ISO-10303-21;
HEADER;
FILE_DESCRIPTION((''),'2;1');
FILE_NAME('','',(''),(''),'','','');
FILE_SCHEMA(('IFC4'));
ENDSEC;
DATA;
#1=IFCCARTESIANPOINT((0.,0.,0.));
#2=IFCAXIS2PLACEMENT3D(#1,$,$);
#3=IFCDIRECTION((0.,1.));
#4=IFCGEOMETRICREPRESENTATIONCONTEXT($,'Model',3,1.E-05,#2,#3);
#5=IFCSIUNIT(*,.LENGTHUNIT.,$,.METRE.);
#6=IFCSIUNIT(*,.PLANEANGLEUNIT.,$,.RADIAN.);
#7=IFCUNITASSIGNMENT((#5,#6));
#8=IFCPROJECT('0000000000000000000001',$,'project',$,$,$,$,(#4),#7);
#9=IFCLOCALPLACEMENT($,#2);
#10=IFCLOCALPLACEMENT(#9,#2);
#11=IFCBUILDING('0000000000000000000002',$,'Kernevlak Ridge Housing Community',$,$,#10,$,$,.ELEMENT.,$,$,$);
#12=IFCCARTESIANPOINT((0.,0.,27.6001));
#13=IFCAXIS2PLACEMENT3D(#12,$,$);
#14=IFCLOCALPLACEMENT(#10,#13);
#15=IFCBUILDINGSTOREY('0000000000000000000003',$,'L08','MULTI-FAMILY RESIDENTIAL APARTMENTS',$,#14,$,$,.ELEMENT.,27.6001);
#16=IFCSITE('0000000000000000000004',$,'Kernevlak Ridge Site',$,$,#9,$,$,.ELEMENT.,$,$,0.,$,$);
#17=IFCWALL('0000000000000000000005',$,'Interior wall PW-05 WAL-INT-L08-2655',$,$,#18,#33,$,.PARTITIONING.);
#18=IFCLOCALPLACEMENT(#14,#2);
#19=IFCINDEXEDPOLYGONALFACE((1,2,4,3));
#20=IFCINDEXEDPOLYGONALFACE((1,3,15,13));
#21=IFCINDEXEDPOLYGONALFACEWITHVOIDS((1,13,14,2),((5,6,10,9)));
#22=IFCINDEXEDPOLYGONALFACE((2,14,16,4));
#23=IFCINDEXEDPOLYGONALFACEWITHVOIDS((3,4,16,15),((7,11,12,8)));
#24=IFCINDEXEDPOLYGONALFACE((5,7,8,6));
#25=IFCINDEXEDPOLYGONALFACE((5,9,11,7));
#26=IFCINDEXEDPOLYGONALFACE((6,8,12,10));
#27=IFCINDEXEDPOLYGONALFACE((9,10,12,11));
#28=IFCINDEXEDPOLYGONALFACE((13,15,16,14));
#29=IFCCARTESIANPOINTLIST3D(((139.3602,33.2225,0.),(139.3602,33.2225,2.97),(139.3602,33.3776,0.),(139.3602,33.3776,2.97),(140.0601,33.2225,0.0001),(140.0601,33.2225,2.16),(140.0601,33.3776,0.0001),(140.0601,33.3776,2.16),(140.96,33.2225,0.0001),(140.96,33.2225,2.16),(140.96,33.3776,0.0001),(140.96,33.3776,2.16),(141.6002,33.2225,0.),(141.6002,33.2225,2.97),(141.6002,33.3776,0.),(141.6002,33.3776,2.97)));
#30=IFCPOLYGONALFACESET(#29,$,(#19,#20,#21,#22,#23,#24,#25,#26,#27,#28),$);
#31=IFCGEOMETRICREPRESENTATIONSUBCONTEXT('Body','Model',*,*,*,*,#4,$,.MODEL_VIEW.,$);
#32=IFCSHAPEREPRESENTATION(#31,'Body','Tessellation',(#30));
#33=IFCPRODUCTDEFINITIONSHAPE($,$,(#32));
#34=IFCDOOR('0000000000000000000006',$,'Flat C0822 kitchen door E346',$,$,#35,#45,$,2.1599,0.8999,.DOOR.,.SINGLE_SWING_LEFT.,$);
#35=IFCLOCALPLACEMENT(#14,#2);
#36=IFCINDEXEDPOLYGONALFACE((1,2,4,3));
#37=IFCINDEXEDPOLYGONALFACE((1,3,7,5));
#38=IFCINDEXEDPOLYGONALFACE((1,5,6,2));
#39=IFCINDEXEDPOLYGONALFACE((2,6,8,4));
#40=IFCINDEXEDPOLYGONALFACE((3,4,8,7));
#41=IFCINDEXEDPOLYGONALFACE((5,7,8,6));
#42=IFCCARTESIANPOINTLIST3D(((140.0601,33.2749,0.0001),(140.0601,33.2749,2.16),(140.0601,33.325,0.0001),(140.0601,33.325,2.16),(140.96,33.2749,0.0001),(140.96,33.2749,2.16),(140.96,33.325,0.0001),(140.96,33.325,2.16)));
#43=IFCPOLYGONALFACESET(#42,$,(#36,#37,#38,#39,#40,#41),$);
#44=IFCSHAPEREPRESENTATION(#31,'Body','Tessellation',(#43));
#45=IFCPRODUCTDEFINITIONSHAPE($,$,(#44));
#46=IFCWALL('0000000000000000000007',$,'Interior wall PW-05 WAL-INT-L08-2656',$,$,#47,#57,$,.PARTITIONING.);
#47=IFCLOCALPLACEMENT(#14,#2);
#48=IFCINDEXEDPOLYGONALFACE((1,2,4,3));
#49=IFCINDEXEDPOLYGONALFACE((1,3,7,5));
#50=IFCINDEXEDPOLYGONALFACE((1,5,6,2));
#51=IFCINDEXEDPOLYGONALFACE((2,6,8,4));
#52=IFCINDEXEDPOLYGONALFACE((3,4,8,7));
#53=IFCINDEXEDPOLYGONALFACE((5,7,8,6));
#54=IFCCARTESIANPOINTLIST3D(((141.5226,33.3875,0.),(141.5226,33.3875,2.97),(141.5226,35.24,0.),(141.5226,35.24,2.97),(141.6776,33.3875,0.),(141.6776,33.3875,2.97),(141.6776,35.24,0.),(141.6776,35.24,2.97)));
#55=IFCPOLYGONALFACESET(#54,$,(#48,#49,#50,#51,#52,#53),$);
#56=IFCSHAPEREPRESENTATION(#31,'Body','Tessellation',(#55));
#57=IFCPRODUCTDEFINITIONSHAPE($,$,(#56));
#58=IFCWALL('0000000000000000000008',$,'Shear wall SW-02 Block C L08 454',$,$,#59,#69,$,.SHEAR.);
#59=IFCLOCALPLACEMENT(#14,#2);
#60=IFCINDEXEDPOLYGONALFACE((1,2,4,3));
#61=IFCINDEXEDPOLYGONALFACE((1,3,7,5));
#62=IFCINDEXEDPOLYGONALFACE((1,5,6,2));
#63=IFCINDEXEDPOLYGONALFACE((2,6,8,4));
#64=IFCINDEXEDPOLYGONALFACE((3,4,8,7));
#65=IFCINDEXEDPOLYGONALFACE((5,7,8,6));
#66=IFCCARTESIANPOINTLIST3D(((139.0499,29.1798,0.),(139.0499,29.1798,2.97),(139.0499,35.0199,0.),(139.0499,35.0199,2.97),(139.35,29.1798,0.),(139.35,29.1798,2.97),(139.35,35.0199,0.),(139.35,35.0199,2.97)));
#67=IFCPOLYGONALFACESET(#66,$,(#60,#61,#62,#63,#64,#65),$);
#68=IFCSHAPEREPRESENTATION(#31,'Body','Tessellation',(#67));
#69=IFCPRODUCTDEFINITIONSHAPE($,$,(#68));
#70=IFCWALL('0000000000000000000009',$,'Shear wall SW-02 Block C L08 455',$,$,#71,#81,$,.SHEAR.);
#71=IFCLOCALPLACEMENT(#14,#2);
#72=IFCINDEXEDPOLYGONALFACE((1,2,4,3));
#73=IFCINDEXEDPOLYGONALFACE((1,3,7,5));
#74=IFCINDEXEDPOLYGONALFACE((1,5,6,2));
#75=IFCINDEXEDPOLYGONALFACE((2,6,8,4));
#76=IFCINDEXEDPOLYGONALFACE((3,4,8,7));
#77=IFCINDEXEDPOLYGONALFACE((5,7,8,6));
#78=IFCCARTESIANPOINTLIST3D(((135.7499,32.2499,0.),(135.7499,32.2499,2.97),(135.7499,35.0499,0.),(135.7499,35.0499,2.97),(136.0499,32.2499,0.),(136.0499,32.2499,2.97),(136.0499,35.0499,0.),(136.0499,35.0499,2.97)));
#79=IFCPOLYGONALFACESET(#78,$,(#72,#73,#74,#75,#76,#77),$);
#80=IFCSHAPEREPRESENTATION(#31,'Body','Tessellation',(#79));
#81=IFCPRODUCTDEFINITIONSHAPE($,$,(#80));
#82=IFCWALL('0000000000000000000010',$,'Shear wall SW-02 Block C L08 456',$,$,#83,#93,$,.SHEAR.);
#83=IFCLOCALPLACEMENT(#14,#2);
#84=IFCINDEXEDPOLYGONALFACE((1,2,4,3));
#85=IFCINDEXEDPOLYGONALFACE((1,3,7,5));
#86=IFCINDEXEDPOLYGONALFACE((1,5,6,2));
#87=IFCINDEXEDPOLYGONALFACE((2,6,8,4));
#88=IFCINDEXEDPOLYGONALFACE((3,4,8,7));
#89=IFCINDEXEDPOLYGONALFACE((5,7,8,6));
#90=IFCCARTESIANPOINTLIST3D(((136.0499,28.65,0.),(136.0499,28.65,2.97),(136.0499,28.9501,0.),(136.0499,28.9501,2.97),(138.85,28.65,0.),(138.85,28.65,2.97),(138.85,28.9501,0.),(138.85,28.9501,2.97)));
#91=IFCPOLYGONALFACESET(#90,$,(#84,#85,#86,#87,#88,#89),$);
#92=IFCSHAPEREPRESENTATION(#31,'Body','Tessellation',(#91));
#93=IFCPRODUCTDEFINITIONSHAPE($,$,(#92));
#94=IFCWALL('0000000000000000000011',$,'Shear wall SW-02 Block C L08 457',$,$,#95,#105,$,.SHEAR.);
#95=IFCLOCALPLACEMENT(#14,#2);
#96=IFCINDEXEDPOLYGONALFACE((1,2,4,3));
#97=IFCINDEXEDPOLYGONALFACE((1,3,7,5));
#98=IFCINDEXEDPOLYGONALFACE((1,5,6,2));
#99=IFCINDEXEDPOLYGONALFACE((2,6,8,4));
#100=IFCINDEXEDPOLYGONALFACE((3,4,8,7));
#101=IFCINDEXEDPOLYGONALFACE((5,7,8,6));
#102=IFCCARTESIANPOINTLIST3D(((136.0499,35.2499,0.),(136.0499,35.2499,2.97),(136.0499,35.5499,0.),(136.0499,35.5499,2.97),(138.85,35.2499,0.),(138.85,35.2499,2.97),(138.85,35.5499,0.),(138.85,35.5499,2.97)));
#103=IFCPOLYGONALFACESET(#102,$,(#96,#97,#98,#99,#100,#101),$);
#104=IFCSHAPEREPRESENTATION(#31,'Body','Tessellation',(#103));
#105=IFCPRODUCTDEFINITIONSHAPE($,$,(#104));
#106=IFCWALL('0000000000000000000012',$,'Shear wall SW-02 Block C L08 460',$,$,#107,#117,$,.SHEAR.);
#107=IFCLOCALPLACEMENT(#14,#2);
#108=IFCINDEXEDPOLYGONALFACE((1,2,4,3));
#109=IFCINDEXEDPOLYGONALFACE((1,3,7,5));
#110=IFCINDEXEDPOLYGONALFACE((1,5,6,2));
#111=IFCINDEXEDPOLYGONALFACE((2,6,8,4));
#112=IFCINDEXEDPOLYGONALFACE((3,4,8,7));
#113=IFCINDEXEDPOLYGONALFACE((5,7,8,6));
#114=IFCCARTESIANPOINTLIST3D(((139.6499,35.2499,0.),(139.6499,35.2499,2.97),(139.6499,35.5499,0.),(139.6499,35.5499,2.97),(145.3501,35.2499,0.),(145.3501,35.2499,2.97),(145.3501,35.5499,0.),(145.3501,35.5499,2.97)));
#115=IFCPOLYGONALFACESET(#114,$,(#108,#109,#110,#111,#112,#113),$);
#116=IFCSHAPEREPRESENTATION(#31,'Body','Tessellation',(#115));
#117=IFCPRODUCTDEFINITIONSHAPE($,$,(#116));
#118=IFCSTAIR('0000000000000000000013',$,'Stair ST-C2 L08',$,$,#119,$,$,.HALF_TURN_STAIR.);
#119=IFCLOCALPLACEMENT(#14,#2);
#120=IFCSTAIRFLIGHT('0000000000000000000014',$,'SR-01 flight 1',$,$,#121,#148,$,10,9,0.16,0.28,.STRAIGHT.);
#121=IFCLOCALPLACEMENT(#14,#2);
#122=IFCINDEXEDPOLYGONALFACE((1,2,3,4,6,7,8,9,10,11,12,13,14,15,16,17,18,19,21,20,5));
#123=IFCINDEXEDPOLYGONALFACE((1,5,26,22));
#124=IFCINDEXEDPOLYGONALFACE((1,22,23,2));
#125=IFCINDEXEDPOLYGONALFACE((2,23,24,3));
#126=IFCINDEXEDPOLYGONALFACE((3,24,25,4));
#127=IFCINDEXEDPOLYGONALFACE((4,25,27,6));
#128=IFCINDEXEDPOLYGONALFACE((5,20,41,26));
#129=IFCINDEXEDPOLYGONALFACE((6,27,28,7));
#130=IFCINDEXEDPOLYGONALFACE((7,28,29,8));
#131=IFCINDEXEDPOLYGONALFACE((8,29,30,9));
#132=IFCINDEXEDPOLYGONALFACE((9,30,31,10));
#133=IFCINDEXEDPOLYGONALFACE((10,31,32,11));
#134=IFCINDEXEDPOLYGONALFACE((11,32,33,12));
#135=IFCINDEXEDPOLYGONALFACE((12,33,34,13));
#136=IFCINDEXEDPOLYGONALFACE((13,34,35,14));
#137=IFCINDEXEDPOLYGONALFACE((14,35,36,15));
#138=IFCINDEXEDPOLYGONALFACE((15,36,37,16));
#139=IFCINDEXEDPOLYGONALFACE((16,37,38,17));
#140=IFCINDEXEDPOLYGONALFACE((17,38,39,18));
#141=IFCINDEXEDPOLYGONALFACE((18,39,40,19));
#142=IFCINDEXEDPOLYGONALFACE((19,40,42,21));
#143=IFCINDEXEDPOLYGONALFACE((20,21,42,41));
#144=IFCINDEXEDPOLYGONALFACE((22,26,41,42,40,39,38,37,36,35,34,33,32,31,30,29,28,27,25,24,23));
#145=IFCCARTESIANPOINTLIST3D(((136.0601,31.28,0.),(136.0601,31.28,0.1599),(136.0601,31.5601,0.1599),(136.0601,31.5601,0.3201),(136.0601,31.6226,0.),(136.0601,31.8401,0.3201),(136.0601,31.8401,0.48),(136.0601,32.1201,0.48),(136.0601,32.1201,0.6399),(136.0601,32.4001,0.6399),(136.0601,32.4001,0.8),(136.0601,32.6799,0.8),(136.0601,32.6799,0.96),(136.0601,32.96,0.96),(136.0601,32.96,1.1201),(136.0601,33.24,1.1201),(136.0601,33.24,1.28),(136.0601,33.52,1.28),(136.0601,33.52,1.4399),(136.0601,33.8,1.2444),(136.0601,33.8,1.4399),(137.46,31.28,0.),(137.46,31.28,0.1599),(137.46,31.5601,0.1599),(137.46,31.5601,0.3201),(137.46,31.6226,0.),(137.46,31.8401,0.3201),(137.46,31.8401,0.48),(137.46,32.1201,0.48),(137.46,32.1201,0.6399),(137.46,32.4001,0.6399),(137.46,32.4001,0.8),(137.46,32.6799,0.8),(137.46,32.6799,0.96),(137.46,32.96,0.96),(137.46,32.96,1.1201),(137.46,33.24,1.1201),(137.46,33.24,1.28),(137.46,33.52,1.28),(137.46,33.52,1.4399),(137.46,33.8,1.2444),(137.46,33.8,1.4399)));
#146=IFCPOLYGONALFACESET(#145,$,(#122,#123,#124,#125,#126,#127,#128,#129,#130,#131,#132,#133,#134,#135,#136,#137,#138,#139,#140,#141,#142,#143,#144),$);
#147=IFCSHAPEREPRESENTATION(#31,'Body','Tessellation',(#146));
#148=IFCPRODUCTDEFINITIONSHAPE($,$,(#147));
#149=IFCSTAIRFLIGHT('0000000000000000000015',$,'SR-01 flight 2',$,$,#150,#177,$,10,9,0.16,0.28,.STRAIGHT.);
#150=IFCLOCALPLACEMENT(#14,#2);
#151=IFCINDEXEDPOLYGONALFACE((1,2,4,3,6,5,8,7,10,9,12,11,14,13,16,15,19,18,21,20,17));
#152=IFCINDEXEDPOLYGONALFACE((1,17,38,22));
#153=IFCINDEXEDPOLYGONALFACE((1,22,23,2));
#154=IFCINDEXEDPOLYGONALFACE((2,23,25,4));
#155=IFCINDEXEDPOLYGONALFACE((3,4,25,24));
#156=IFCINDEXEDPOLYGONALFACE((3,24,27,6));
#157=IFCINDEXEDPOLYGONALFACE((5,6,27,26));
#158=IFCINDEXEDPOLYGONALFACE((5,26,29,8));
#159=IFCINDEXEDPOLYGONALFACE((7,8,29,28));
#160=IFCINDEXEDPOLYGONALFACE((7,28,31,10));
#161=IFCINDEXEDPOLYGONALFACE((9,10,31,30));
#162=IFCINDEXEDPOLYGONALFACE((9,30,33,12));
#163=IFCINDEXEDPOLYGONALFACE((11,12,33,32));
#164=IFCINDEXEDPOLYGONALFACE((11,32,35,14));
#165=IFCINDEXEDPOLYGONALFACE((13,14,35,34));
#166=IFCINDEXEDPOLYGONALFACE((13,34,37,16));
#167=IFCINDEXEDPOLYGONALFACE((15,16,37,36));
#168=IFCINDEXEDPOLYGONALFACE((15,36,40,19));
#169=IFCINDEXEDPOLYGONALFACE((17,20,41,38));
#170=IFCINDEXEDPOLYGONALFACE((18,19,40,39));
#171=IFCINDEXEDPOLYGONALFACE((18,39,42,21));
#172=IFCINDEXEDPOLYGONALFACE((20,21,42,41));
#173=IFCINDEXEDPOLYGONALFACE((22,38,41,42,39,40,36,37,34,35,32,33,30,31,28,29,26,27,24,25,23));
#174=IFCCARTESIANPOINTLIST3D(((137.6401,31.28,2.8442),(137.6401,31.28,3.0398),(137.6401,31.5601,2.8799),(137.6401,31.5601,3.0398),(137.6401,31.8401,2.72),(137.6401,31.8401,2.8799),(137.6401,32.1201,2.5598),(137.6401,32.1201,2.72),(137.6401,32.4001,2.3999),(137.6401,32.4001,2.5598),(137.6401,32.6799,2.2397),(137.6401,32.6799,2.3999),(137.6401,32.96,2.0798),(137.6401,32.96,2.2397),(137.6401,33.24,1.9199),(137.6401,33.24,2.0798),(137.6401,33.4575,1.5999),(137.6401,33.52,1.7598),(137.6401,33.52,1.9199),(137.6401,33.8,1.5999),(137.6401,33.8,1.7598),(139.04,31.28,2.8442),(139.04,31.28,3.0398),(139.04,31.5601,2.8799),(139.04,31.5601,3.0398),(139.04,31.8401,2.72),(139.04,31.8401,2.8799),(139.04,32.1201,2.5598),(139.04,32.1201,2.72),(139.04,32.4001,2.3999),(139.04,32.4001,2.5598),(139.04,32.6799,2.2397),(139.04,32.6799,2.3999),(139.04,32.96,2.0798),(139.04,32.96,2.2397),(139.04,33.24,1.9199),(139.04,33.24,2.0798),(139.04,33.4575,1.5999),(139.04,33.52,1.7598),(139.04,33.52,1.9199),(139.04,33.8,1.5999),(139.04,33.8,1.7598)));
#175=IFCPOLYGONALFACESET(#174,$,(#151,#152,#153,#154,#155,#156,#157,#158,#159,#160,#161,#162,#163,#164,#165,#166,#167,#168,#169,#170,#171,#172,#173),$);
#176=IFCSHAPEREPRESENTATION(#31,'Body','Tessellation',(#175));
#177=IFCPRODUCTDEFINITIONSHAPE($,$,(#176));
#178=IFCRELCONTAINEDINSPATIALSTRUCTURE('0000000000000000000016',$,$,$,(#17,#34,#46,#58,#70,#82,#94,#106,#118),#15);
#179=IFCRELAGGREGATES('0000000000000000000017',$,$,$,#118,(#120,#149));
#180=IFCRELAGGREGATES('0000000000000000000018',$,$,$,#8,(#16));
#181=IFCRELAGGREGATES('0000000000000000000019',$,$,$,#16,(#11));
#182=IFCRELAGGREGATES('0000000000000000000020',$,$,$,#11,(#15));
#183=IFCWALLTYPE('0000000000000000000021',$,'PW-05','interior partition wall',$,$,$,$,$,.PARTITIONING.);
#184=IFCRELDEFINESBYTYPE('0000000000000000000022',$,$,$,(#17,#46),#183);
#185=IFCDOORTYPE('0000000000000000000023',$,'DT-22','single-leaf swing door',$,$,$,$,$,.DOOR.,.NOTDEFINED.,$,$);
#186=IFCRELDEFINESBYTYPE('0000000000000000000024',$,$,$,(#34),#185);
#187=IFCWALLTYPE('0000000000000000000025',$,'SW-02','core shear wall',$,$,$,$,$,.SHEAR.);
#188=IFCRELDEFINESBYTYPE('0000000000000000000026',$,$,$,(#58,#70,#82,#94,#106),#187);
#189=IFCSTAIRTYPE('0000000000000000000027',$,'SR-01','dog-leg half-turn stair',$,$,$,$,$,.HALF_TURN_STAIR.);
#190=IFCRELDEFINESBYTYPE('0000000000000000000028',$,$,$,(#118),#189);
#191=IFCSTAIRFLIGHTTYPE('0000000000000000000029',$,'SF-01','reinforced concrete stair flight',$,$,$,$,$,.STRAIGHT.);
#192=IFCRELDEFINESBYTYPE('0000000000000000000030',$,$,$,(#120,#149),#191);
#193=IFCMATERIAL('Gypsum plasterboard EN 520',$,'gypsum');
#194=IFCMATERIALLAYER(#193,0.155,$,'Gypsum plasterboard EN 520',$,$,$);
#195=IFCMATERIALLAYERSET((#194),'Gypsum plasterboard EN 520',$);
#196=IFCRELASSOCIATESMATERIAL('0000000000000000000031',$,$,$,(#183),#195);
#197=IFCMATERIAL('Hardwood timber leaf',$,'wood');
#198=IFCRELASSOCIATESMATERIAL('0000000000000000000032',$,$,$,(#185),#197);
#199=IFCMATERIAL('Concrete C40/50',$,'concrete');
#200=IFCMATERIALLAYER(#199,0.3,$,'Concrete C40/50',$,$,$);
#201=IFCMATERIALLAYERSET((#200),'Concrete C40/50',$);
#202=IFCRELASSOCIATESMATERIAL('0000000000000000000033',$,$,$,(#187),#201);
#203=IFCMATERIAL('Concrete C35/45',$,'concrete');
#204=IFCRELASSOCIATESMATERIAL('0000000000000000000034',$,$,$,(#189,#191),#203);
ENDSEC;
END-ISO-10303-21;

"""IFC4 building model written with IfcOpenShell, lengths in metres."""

from ifc_helpers import new_model, si_unit, direction, frame, frame_2d, origin, place, context, subcontext, project, spatial, polyline, rectangle, outline, extrude, material, layer, layer_set, type_object, element, fill, aggregate, save


model = new_model("IFC4")

# Units and contexts
model_context = context("Model", 3, precision=1e-05, world=origin(), true_north=direction((0.0, 1.0)))
body_context = subcontext(model_context, "Body", "Model", "MODEL_VIEW")
ifc_project = project(units=[si_unit("LENGTHUNIT", "METRE"), si_unit("PLANEANGLEUNIT", "RADIAN")], contexts=[model_context])

# Site, building, storey
site_placement = place(None, origin())
site = spatial("IfcSite", under=ifc_project, at=site_placement, Name="Kernevlak Ridge Site", CompositionType="ELEMENT", RefElevation=0.0)
building_placement = place(site_placement, origin())
building = spatial("IfcBuilding", under=site, at=building_placement, Name="Kernevlak Ridge Housing Community", CompositionType="ELEMENT")
storey_placement = place(building_placement, frame((0.0, 0.0, 27.6001)))
storey = spatial("IfcBuildingStorey", under=building, at=storey_placement, Name="L08", Description="MULTI-FAMILY RESIDENTIAL APARTMENTS", CompositionType="ELEMENT", Elevation=27.6001)

# Shared definitions
ifc_material_1 = material(Name="Concrete C35/45", Category="concrete")

# Shared definitions
ifc_material_2 = material(Name="Gypsum plasterboard EN 520", Category="gypsum")

# Wall, opening, door
ifc_layer_1 = layer(ifc_material_2, 0.155, Name="Gypsum plasterboard EN 520")
ifc_layer_set_1 = layer_set([ifc_layer_1], Name="Gypsum plasterboard EN 520")
wall_type_1 = type_object("IfcWallType", Name="PW-05", Description="interior partition wall", PredefinedType="PARTITIONING", material=ifc_layer_set_1)
wall_1_placement = place(storey_placement, frame((139.3601, 33.3, 0.0), z_axis=(0.0, 0.0, 1.0), x_axis=(1.0, 0.0, 0.0)))
wall_1 = element("IfcWall", 1, at=wall_1_placement, inside=storey, type_object=wall_type_1, Name="Interior wall PW-05 WAL-INT-L08-2655", PredefinedType="PARTITIONING", context=body_context, shape_type="SweptSolid", body=[
    extrude(rectangle(XDim=2.24, YDim=0.155, at=frame_2d((1.1201, 0.0))), origin(), (0.0, 0.0, 1.0), 2.97),
])
opening_1_placement = place(wall_1_placement, frame((0.7, 0.0, 0.0)))
opening_1 = element("IfcOpeningElement", 2, at=opening_1_placement, cuts=wall_1, PredefinedType="OPENING", context=body_context, shape_type="SweptSolid", body=[
    extrude(rectangle(XDim=0.8999, YDim=2.1599, at=frame_2d((0.45, 1.0801))), frame((0.0, 0.0874, 0.0), z_axis=(0.0, -1.0, 0.0), x_axis=(1.0, 0.0, 0.0)), (0.0, 0.0, 1.0), 0.175),
])
ifc_material_3 = material(Name="Hardwood timber leaf", Category="wood")
door_type_1 = type_object("IfcDoorType", Name="DT-22", Description="single-leaf swing door", OperationType="NOTDEFINED", PredefinedType="DOOR", material=ifc_material_3)
door_1_placement = place(opening_1_placement, origin())
door_1 = element("IfcDoor", 3, at=door_1_placement, inside=storey, type_object=door_type_1, Name="Flat C0822 kitchen door E346", OperationType="SINGLE_SWING_LEFT", OverallHeight=2.1599, OverallWidth=0.8999, PredefinedType="DOOR", context=body_context, shape_type="SweptSolid", body=[
    extrude(rectangle(XDim=0.8999, YDim=2.1599, at=frame_2d((0.45, 1.0801))), frame((0.0, 0.0249, 0.0), z_axis=(0.0, -1.0, 0.0), x_axis=(1.0, 0.0, 0.0)), (0.0, 0.0, 1.0), 0.05),
])
fill(opening_1, door_1)

# Walls
wall_2_placement = place(storey_placement, frame((141.6001, 33.3875, 0.0), z_axis=(0.0, 0.0, 1.0), x_axis=(0.0, 1.0, 0.0)))
element("IfcWall", 4, at=wall_2_placement, inside=storey, type_object=wall_type_1, Name="Interior wall PW-05 WAL-INT-L08-2656", PredefinedType="PARTITIONING", context=body_context, shape_type="SweptSolid", body=[
    extrude(rectangle(XDim=1.8525, YDim=0.155, at=frame_2d((0.9263, 0.0))), origin(), (0.0, 0.0, 1.0), 2.97),
])
ifc_material_4 = material(Name="Concrete C40/50", Category="concrete")
ifc_layer_2 = layer(ifc_material_4, 0.3, Name="Concrete C40/50")
ifc_layer_set_2 = layer_set([ifc_layer_2], Name="Concrete C40/50")
wall_type_2 = type_object("IfcWallType", Name="SW-02", Description="core shear wall", PredefinedType="SHEAR", material=ifc_layer_set_2)
wall_3_placement = place(storey_placement, frame((139.2, 29.1799, 0.0), z_axis=(0.0, 0.0, 1.0), x_axis=(0.0, 1.0, 0.0)))
element("IfcWall", 5, at=wall_3_placement, inside=storey, type_object=wall_type_2, Name="Shear wall SW-02 Block C L08 454", PredefinedType="SHEAR", context=body_context, shape_type="SweptSolid", body=[
    extrude(rectangle(XDim=5.8401, YDim=0.3, at=frame_2d((2.9199, 0.0))), origin(), (0.0, 0.0, 1.0), 2.97),
])
for number, where, z_axis, x_axis, name in (
    (6, (135.8999, 32.25, 0.0), (0.0, 0.0, 1.0), (0.0, 1.0, 0.0), "Shear wall SW-02 Block C L08 455"),
    (7, (136.05, 28.8, 0.0), (0.0, 0.0, 1.0), (1.0, 0.0, 0.0), "Shear wall SW-02 Block C L08 456"),
    (8, (136.05, 35.3999, 0.0), (0.0, 0.0, 1.0), (1.0, 0.0, 0.0), "Shear wall SW-02 Block C L08 457"),
):
    element("IfcWall", number, at=place(storey_placement, frame(where, z_axis=z_axis, x_axis=x_axis)), inside=storey, type_object=wall_type_2, Name=name, PredefinedType="SHEAR", context=body_context, shape_type="SweptSolid", body=[
        extrude(rectangle(XDim=2.8, YDim=0.3, at=frame_2d((1.3999, 0.0))), origin(), (0.0, 0.0, 1.0), 2.97),
    ])
wall_4_placement = place(storey_placement, frame((139.6499, 35.3999, 0.0), z_axis=(0.0, 0.0, 1.0), x_axis=(1.0, 0.0, 0.0)))
element("IfcWall", 9, at=wall_4_placement, inside=storey, type_object=wall_type_2, Name="Shear wall SW-02 Block C L08 460", PredefinedType="SHEAR", context=body_context, shape_type="SweptSolid", body=[
    extrude(rectangle(XDim=5.7002, YDim=0.3, at=frame_2d((2.8501, 0.0))), origin(), (0.0, 0.0, 1.0), 2.97),
])

# Stair, stair flights
stair_type = type_object("IfcStairType", Name="SR-01", Description="dog-leg half-turn stair", PredefinedType="HALF_TURN_STAIR", material=ifc_material_1)
stair_placement = place(storey_placement, origin())
stair = element("IfcStair", 10, at=stair_placement, inside=storey, type_object=stair_type, Name="Stair ST-C2 L08", PredefinedType="HALF_TURN_STAIR")
stair_flight_type = type_object("IfcStairFlightType", Name="SF-01", Description="reinforced concrete stair flight", PredefinedType="STRAIGHT", material=ifc_material_1)
stair_flight_1_placement = place(storey_placement, frame((136.76, 31.28, 0.0), z_axis=(0.0, 0.0, 1.0), x_axis=(0.0, 1.0, 0.0)))
stair_flight_1 = element("IfcStairFlight", 11, at=stair_flight_1_placement, type_object=stair_flight_type, Name="SR-01 flight 1", NumberOfRisers=10, NumberOfTreads=9, PredefinedType="STRAIGHT", RiserHeight=0.16, TreadLength=0.28, context=body_context, shape_type="SweptSolid", body=[
    extrude(outline(polyline([(0.0, 0.0), (0.0, 0.1599), (0.28, 0.1599), (0.28, 0.3201), (0.5601, 0.3201), (0.5601, 0.48), (0.8401, 0.48), (0.8401, 0.6399), (1.1201, 0.6399), (1.1201, 0.8), (1.3999, 0.8), (1.3999, 0.96), (1.6799, 0.96), (1.6799, 1.1201), (1.96, 1.1201), (1.96, 1.28), (2.24, 1.28), (2.24, 1.4399), (2.52, 1.4399), (2.52, 1.6001), (2.52, 1.2444), (0.3425, 0.0), (0.0, 0.0)])), frame((0.0, 0.7, 0.0), z_axis=(0.0, -1.0, 0.0), x_axis=(1.0, 0.0, 0.0)), (0.0, 0.0, 1.0), 1.3999),
])
stair_flight_2_placement = place(storey_placement, frame((138.3401, 33.8, 1.5999), z_axis=(0.0, 0.0, 1.0), x_axis=(0.0, -1.0, 0.0)))
stair_flight_2 = element("IfcStairFlight", 12, at=stair_flight_2_placement, type_object=stair_flight_type, Name="SR-01 flight 2", NumberOfRisers=10, NumberOfTreads=9, PredefinedType="STRAIGHT", RiserHeight=0.16, TreadLength=0.28, context=body_context, shape_type="SweptSolid", body=[
    extrude(outline(polyline([(0.0, 0.0), (0.0, 0.1599), (0.28, 0.1599), (0.28, 0.3201), (0.5601, 0.3201), (0.5601, 0.48), (0.8401, 0.48), (0.8401, 0.6399), (1.1201, 0.6399), (1.1201, 0.8), (1.3999, 0.8), (1.3999, 0.96), (1.6799, 0.96), (1.6799, 1.1201), (1.96, 1.1201), (1.96, 1.28), (2.24, 1.28), (2.24, 1.4399), (2.52, 1.4399), (2.52, 1.6001), (2.52, 1.2444), (0.3425, 0.0), (0.0, 0.0)])), frame((0.0, 0.7, 0.0), z_axis=(0.0, -1.0, 0.0), x_axis=(1.0, 0.0, 0.0)), (0.0, 0.0, 1.0), 1.3999),
])
aggregate(stair, [stair_flight_1, stair_flight_2])

save(model, "model.ifc")
